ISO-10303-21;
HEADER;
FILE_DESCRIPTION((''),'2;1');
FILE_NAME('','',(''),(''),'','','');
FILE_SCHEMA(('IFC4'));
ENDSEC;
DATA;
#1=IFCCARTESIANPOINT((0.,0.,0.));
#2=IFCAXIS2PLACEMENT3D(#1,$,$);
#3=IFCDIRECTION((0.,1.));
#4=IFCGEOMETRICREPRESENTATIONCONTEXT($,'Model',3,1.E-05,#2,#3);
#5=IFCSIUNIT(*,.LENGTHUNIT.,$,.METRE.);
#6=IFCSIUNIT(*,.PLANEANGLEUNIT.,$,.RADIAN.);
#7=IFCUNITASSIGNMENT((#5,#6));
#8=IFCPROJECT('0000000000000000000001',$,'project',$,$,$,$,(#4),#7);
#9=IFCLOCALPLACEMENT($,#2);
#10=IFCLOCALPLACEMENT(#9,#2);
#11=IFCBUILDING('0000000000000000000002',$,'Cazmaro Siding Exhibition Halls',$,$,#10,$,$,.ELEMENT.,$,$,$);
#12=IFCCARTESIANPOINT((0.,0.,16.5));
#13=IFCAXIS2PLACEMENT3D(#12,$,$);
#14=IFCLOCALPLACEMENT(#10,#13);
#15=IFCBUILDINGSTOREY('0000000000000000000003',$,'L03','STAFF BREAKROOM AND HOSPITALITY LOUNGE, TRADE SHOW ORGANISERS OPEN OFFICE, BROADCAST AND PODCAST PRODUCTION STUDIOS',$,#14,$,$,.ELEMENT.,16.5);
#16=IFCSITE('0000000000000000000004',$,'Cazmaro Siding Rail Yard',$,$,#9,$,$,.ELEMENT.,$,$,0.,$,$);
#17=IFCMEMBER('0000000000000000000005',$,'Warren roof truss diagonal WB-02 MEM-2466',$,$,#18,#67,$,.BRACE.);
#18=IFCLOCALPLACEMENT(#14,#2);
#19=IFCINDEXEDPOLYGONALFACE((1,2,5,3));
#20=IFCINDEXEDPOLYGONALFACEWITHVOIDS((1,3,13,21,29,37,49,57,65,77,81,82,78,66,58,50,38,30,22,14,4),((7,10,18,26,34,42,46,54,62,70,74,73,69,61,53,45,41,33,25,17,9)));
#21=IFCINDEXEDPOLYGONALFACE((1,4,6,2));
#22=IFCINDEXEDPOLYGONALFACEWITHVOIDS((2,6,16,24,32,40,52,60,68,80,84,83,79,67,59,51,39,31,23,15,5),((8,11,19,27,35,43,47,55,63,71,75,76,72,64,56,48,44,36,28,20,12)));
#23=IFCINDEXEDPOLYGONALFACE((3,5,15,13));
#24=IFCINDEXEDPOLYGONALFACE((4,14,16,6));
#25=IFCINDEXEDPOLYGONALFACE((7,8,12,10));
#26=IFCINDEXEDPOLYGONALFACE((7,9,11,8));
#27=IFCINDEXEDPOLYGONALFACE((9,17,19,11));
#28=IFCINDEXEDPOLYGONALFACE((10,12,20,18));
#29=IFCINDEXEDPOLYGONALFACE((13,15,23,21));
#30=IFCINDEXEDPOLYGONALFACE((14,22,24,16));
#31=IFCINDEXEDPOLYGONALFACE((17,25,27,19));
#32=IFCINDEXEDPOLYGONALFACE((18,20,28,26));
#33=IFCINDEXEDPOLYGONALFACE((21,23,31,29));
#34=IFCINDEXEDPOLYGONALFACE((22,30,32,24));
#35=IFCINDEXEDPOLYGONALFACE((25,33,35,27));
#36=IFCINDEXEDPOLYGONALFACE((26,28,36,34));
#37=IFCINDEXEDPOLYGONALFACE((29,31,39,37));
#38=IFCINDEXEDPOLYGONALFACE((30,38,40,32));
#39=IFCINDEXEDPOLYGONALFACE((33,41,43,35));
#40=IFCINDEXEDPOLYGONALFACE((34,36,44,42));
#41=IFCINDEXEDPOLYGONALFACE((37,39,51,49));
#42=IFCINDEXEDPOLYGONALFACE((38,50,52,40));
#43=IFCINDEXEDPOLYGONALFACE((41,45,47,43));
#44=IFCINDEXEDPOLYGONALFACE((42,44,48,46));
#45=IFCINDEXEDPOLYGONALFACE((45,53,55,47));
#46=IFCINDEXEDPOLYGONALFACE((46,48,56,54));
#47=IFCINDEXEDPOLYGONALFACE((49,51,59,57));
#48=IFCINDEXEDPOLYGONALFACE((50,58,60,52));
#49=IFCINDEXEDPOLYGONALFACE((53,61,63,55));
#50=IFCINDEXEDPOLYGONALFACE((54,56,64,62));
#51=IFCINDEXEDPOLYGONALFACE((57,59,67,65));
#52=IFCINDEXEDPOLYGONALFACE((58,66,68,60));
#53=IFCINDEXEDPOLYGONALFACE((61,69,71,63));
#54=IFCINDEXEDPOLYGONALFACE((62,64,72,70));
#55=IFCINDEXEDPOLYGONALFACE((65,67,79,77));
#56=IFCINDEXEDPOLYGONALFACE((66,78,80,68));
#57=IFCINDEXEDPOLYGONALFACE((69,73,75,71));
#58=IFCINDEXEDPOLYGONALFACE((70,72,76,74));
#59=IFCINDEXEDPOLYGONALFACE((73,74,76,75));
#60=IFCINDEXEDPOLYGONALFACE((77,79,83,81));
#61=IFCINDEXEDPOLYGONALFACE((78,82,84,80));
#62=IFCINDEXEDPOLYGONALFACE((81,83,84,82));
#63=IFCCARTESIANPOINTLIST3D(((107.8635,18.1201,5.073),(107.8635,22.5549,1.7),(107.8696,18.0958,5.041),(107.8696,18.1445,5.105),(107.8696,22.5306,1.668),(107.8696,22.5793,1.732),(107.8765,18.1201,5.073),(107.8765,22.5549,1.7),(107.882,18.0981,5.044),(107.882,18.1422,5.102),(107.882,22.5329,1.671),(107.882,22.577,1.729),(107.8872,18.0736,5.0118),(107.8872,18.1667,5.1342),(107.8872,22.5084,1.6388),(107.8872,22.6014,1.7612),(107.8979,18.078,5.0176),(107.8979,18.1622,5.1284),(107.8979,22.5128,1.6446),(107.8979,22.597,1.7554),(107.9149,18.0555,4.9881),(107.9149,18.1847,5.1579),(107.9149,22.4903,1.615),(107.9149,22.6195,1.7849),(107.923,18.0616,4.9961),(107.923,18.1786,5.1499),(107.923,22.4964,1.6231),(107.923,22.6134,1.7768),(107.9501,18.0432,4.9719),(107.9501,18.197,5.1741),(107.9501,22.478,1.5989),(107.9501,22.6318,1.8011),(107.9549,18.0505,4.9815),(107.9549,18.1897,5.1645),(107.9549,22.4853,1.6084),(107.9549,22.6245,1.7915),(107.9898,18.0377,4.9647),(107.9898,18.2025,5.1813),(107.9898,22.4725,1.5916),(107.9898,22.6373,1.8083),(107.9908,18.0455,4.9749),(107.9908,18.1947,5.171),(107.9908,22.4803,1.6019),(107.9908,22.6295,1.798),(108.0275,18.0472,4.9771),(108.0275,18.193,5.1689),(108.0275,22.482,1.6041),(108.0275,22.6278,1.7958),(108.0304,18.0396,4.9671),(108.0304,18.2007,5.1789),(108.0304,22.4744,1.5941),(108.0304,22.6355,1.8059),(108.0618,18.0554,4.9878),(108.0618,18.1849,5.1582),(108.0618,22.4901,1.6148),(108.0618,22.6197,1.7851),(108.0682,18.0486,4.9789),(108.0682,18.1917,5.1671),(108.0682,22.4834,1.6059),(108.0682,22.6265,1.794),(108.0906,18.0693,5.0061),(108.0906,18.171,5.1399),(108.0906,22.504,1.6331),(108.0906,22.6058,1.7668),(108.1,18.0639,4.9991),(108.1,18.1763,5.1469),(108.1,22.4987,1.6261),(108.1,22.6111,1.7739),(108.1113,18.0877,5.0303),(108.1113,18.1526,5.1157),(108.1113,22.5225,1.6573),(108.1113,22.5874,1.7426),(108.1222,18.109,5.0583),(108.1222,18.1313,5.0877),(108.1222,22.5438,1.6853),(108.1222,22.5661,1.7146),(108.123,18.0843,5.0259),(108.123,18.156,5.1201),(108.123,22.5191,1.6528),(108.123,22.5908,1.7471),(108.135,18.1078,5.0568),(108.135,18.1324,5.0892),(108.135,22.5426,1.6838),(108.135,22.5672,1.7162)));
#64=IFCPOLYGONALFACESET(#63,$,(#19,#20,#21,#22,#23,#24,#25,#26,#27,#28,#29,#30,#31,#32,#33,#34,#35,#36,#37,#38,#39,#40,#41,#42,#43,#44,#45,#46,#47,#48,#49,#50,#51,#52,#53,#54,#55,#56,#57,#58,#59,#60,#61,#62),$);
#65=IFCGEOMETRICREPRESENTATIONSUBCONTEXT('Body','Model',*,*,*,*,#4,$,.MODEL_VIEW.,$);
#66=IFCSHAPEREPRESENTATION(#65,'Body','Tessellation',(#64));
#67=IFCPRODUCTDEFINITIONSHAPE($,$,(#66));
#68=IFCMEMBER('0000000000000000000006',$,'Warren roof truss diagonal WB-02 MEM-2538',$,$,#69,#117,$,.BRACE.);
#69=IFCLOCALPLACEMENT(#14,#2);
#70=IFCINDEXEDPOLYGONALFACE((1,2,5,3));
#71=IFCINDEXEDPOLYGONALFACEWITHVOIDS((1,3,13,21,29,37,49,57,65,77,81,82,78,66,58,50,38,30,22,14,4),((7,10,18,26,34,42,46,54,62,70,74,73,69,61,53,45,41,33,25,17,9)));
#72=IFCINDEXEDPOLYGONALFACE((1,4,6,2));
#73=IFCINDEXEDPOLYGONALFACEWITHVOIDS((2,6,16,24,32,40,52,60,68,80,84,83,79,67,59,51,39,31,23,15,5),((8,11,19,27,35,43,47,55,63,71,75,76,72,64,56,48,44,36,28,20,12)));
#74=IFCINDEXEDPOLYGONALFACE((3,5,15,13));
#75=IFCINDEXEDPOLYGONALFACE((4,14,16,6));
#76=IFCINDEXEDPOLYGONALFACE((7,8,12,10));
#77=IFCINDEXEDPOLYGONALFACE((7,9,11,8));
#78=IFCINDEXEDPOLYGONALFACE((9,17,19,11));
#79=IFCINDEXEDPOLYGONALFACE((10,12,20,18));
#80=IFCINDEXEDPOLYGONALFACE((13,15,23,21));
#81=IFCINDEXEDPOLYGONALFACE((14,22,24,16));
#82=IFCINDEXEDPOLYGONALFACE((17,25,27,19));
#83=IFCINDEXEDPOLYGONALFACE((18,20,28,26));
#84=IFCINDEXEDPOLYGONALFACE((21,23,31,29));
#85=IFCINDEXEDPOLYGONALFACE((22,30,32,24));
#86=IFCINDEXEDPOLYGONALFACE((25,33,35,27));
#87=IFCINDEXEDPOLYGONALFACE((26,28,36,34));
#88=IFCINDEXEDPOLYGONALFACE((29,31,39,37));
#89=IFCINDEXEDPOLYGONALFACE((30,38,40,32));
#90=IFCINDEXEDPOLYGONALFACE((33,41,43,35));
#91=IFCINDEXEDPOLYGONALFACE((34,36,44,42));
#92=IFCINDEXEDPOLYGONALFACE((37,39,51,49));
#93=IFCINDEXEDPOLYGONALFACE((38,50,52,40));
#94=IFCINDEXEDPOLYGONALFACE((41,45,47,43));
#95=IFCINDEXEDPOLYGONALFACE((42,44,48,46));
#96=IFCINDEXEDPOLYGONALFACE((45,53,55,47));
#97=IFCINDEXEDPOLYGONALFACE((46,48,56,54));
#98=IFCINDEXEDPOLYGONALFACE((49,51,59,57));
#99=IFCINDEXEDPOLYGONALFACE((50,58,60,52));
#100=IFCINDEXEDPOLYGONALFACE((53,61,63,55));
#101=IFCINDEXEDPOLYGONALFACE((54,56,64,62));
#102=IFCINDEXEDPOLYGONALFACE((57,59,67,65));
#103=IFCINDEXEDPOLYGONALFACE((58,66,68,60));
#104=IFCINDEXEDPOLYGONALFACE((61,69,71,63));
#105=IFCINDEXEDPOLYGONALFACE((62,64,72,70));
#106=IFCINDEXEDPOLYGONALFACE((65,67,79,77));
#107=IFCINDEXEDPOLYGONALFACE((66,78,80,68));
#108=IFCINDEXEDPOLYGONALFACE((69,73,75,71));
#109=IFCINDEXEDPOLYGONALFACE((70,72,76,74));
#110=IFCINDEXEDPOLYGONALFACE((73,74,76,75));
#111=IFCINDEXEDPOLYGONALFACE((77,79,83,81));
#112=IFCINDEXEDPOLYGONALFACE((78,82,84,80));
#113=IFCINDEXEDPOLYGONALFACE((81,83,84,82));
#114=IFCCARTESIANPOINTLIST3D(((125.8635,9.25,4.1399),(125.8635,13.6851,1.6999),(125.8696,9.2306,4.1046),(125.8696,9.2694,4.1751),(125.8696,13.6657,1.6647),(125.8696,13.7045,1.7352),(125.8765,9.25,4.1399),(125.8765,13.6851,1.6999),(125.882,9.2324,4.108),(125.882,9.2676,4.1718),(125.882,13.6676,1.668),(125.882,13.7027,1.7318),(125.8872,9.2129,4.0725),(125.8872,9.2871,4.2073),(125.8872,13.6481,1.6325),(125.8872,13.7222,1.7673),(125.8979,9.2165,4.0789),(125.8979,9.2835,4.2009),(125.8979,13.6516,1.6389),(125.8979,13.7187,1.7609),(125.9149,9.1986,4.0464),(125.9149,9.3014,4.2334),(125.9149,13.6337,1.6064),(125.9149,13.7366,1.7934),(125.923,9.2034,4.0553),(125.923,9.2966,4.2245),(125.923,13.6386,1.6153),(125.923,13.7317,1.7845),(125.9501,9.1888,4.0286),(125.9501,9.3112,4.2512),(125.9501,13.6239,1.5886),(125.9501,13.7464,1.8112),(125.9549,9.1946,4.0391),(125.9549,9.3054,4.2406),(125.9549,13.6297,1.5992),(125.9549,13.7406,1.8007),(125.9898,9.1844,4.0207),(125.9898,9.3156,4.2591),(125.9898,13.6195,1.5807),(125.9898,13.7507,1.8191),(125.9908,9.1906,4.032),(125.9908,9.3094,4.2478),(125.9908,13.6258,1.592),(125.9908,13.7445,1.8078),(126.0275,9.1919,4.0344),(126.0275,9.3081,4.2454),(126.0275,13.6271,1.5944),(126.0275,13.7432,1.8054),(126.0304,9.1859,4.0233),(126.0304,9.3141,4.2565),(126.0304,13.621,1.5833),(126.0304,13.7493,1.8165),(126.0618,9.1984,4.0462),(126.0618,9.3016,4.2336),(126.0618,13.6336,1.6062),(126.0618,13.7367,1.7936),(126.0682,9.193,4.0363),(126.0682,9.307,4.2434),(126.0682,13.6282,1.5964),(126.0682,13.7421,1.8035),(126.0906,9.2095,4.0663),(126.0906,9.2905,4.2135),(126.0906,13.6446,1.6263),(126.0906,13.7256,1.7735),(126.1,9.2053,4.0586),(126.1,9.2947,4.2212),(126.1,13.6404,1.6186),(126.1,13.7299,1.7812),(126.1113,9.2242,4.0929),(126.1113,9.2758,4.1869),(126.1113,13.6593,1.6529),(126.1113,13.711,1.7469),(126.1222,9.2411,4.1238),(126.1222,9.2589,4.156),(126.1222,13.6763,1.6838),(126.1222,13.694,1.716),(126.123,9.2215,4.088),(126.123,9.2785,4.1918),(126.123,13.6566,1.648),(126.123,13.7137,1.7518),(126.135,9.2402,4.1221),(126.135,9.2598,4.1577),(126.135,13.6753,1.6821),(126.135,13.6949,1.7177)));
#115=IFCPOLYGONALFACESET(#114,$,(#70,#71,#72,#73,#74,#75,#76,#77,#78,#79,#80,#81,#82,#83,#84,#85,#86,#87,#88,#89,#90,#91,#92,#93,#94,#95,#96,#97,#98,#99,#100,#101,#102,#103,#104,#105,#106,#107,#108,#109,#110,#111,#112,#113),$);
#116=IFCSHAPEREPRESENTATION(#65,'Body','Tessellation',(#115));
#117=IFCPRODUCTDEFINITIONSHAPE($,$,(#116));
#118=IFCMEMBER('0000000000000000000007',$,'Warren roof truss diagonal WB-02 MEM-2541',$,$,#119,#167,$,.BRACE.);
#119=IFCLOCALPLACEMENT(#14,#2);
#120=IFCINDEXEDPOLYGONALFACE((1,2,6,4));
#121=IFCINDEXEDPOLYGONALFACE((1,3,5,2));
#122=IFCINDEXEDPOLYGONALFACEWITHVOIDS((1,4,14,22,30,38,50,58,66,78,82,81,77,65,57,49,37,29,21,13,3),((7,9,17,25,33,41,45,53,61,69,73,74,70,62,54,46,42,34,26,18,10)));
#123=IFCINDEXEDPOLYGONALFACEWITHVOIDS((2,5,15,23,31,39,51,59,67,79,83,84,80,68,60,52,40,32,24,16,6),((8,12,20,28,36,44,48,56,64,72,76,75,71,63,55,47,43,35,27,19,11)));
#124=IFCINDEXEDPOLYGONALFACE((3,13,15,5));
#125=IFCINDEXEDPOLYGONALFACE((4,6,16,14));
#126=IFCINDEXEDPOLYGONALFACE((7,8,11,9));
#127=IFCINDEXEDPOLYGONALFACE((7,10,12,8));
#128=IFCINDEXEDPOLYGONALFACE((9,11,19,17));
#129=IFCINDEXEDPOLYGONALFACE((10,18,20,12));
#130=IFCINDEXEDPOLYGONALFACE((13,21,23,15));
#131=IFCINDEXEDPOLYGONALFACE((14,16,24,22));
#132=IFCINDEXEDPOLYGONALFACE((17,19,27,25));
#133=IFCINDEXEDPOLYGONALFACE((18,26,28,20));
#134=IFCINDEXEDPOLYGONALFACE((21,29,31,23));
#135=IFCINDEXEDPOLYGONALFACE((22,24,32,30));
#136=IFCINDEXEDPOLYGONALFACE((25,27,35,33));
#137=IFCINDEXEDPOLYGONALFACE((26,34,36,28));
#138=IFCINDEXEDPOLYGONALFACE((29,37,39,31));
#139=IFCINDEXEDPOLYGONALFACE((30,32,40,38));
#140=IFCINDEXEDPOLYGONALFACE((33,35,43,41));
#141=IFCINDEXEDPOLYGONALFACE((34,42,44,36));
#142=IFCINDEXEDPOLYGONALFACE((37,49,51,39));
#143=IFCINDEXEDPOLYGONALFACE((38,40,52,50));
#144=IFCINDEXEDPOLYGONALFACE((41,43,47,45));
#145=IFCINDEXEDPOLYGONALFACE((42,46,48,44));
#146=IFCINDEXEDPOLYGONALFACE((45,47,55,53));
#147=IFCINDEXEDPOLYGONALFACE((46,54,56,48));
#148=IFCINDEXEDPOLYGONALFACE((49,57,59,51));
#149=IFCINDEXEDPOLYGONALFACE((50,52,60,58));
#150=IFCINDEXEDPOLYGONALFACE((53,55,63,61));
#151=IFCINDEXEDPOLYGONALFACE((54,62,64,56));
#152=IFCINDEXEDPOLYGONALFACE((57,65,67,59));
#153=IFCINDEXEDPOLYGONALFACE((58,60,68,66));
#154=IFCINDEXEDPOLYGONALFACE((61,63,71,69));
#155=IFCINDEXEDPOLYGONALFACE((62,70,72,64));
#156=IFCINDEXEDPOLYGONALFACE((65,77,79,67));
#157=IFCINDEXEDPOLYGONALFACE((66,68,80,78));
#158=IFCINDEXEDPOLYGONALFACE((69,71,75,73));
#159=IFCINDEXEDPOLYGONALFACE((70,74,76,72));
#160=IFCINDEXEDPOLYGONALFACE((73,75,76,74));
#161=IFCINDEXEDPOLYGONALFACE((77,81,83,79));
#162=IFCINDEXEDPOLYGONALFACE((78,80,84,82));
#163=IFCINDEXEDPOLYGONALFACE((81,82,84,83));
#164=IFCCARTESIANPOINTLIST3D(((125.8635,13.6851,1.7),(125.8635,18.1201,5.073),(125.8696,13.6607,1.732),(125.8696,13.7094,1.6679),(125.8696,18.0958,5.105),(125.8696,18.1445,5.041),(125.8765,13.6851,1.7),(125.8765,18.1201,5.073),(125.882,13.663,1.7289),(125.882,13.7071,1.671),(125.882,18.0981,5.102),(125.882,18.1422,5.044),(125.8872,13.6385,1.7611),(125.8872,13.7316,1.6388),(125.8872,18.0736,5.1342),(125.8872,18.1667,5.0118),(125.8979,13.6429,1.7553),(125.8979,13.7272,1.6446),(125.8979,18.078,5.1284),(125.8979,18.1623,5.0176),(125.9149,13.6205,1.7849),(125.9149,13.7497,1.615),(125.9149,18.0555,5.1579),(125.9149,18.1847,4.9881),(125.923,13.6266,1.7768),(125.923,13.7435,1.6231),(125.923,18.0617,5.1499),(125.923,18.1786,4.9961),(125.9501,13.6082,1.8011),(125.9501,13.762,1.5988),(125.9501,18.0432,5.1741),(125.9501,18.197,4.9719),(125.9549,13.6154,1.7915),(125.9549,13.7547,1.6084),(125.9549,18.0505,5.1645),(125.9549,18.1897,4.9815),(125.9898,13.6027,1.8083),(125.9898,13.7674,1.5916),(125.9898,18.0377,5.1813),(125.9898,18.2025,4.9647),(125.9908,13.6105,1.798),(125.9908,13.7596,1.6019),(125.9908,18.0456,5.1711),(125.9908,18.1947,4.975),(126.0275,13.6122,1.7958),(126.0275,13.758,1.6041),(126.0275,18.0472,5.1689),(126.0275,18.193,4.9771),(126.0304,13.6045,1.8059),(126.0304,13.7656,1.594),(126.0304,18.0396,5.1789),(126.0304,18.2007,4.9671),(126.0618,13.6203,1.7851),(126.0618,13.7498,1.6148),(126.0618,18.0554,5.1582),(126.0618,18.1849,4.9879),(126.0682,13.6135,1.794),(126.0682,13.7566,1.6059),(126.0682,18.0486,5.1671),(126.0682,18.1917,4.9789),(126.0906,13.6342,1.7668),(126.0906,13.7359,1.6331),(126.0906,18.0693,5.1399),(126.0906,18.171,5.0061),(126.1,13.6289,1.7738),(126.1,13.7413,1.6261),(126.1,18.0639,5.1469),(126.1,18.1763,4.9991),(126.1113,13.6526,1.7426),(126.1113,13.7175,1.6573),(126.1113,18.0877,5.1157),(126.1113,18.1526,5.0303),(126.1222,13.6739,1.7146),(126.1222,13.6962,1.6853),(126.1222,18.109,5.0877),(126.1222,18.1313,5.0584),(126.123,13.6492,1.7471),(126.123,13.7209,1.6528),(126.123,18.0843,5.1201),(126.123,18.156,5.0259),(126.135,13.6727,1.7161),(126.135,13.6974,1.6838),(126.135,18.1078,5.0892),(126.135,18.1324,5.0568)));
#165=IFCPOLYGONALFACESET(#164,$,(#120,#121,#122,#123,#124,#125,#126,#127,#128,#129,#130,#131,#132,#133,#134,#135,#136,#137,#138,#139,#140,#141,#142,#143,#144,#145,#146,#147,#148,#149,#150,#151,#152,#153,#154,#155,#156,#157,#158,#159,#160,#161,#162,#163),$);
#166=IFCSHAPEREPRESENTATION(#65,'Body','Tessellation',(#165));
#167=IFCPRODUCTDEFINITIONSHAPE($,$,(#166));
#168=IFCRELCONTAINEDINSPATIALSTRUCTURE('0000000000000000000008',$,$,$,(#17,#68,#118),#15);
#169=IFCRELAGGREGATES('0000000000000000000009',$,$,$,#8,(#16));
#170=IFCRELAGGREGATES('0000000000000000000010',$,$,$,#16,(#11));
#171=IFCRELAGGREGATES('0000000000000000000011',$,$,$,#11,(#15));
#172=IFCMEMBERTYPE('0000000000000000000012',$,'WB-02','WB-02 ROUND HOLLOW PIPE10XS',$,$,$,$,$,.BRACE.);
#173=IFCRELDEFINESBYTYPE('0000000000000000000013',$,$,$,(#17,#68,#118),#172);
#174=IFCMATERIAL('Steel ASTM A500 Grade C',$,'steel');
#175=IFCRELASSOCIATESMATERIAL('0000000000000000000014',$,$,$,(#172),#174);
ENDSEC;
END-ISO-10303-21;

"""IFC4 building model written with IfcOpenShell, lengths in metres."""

from ifc_helpers import new_model, si_unit, direction, frame, origin, origin_2d, place, context, subcontext, project, spatial, hollow_circle, extrude, material, material_profile, profile_set, type_object, element, save


model = new_model("IFC4")

# Units and contexts
model_context = context("Model", 3, precision=1e-05, world=origin(), true_north=direction((0.0, 1.0)))
body_context = subcontext(model_context, "Body", "Model", "MODEL_VIEW")
ifc_project = project(units=[si_unit("LENGTHUNIT", "METRE"), si_unit("PLANEANGLEUNIT", "RADIAN")], contexts=[model_context])

# Site, building, storey
site_placement = place(None, origin())
site = spatial("IfcSite", under=ifc_project, at=site_placement, Name="Cazmaro Siding Rail Yard", CompositionType="ELEMENT", RefElevation=0.0)
building_placement = place(site_placement, origin())
building = spatial("IfcBuilding", under=site, at=building_placement, Name="Cazmaro Siding Exhibition Halls", CompositionType="ELEMENT")
storey_placement = place(building_placement, frame((0.0, 0.0, 16.5)))
storey = spatial("IfcBuildingStorey", under=building, at=storey_placement, Name="L03", Description="STAFF BREAKROOM AND HOSPITALITY LOUNGE, TRADE SHOW ORGANISERS OPEN OFFICE, BROADCAST AND PODCAST PRODUCTION STUDIOS", CompositionType="ELEMENT", Elevation=16.5)

# Members
ifc_material_1 = material(Name="Steel ASTM A500 Grade C", Category="steel")
ifc_material_profile_1 = material_profile(ifc_material_1, hollow_circle(Radius=0.1365, WallThickness=0.0129, at=origin_2d()), Name="PIPE10XS")
ifc_profile_set_1 = profile_set([ifc_material_profile_1], Name="Steel ASTM A500 Grade C")
member_type_1 = type_object("IfcMemberType", Name="WB-02", Description="WB-02 ROUND HOLLOW PIPE10XS", PredefinedType="BRACE", material=ifc_profile_set_1)
member_1_placement = place(storey_placement, frame((108.0, 18.1201, 5.073), z_axis=(0.0, 0.795938, -0.605378), x_axis=(-1.0, 0.0, 0.0)))
element("IfcMember", 1, at=member_1_placement, inside=storey, type_object=member_type_1, Name="Warren roof truss diagonal WB-02 MEM-2466", PredefinedType="BRACE", context=body_context, shape_type="SweptSolid", body=[
    extrude(hollow_circle(Radius=0.1365, WallThickness=0.0129, at=origin_2d()), origin(), (0.0, 0.0, 1.0), 5.5718),
])
member_2_placement = place(storey_placement, frame((126.0, 9.25, 4.1399), z_axis=(0.0, 0.876161, -0.482019), x_axis=(-1.0, 0.0, 0.0)))
element("IfcMember", 2, at=member_2_placement, inside=storey, type_object=member_type_1, Name="Warren roof truss diagonal WB-02 MEM-2538", PredefinedType="BRACE", context=body_context, shape_type="SweptSolid", body=[
    extrude(hollow_circle(Radius=0.1365, WallThickness=0.0129, at=origin_2d()), origin(), (0.0, 0.0, 1.0), 5.062),
])
member_3_placement = place(storey_placement, frame((126.0, 13.6851, 1.7), z_axis=(0.0, 0.795954, 0.605357), x_axis=(-1.0, 0.0, 0.0)))
element("IfcMember", 3, at=member_3_placement, inside=storey, type_object=member_type_1, Name="Warren roof truss diagonal WB-02 MEM-2541", PredefinedType="BRACE", context=body_context, shape_type="SweptSolid", body=[
    extrude(hollow_circle(Radius=0.1365, WallThickness=0.0129, at=origin_2d()), origin(), (0.0, 0.0, 1.0), 5.572),
])

save(model, "model.ifc")
